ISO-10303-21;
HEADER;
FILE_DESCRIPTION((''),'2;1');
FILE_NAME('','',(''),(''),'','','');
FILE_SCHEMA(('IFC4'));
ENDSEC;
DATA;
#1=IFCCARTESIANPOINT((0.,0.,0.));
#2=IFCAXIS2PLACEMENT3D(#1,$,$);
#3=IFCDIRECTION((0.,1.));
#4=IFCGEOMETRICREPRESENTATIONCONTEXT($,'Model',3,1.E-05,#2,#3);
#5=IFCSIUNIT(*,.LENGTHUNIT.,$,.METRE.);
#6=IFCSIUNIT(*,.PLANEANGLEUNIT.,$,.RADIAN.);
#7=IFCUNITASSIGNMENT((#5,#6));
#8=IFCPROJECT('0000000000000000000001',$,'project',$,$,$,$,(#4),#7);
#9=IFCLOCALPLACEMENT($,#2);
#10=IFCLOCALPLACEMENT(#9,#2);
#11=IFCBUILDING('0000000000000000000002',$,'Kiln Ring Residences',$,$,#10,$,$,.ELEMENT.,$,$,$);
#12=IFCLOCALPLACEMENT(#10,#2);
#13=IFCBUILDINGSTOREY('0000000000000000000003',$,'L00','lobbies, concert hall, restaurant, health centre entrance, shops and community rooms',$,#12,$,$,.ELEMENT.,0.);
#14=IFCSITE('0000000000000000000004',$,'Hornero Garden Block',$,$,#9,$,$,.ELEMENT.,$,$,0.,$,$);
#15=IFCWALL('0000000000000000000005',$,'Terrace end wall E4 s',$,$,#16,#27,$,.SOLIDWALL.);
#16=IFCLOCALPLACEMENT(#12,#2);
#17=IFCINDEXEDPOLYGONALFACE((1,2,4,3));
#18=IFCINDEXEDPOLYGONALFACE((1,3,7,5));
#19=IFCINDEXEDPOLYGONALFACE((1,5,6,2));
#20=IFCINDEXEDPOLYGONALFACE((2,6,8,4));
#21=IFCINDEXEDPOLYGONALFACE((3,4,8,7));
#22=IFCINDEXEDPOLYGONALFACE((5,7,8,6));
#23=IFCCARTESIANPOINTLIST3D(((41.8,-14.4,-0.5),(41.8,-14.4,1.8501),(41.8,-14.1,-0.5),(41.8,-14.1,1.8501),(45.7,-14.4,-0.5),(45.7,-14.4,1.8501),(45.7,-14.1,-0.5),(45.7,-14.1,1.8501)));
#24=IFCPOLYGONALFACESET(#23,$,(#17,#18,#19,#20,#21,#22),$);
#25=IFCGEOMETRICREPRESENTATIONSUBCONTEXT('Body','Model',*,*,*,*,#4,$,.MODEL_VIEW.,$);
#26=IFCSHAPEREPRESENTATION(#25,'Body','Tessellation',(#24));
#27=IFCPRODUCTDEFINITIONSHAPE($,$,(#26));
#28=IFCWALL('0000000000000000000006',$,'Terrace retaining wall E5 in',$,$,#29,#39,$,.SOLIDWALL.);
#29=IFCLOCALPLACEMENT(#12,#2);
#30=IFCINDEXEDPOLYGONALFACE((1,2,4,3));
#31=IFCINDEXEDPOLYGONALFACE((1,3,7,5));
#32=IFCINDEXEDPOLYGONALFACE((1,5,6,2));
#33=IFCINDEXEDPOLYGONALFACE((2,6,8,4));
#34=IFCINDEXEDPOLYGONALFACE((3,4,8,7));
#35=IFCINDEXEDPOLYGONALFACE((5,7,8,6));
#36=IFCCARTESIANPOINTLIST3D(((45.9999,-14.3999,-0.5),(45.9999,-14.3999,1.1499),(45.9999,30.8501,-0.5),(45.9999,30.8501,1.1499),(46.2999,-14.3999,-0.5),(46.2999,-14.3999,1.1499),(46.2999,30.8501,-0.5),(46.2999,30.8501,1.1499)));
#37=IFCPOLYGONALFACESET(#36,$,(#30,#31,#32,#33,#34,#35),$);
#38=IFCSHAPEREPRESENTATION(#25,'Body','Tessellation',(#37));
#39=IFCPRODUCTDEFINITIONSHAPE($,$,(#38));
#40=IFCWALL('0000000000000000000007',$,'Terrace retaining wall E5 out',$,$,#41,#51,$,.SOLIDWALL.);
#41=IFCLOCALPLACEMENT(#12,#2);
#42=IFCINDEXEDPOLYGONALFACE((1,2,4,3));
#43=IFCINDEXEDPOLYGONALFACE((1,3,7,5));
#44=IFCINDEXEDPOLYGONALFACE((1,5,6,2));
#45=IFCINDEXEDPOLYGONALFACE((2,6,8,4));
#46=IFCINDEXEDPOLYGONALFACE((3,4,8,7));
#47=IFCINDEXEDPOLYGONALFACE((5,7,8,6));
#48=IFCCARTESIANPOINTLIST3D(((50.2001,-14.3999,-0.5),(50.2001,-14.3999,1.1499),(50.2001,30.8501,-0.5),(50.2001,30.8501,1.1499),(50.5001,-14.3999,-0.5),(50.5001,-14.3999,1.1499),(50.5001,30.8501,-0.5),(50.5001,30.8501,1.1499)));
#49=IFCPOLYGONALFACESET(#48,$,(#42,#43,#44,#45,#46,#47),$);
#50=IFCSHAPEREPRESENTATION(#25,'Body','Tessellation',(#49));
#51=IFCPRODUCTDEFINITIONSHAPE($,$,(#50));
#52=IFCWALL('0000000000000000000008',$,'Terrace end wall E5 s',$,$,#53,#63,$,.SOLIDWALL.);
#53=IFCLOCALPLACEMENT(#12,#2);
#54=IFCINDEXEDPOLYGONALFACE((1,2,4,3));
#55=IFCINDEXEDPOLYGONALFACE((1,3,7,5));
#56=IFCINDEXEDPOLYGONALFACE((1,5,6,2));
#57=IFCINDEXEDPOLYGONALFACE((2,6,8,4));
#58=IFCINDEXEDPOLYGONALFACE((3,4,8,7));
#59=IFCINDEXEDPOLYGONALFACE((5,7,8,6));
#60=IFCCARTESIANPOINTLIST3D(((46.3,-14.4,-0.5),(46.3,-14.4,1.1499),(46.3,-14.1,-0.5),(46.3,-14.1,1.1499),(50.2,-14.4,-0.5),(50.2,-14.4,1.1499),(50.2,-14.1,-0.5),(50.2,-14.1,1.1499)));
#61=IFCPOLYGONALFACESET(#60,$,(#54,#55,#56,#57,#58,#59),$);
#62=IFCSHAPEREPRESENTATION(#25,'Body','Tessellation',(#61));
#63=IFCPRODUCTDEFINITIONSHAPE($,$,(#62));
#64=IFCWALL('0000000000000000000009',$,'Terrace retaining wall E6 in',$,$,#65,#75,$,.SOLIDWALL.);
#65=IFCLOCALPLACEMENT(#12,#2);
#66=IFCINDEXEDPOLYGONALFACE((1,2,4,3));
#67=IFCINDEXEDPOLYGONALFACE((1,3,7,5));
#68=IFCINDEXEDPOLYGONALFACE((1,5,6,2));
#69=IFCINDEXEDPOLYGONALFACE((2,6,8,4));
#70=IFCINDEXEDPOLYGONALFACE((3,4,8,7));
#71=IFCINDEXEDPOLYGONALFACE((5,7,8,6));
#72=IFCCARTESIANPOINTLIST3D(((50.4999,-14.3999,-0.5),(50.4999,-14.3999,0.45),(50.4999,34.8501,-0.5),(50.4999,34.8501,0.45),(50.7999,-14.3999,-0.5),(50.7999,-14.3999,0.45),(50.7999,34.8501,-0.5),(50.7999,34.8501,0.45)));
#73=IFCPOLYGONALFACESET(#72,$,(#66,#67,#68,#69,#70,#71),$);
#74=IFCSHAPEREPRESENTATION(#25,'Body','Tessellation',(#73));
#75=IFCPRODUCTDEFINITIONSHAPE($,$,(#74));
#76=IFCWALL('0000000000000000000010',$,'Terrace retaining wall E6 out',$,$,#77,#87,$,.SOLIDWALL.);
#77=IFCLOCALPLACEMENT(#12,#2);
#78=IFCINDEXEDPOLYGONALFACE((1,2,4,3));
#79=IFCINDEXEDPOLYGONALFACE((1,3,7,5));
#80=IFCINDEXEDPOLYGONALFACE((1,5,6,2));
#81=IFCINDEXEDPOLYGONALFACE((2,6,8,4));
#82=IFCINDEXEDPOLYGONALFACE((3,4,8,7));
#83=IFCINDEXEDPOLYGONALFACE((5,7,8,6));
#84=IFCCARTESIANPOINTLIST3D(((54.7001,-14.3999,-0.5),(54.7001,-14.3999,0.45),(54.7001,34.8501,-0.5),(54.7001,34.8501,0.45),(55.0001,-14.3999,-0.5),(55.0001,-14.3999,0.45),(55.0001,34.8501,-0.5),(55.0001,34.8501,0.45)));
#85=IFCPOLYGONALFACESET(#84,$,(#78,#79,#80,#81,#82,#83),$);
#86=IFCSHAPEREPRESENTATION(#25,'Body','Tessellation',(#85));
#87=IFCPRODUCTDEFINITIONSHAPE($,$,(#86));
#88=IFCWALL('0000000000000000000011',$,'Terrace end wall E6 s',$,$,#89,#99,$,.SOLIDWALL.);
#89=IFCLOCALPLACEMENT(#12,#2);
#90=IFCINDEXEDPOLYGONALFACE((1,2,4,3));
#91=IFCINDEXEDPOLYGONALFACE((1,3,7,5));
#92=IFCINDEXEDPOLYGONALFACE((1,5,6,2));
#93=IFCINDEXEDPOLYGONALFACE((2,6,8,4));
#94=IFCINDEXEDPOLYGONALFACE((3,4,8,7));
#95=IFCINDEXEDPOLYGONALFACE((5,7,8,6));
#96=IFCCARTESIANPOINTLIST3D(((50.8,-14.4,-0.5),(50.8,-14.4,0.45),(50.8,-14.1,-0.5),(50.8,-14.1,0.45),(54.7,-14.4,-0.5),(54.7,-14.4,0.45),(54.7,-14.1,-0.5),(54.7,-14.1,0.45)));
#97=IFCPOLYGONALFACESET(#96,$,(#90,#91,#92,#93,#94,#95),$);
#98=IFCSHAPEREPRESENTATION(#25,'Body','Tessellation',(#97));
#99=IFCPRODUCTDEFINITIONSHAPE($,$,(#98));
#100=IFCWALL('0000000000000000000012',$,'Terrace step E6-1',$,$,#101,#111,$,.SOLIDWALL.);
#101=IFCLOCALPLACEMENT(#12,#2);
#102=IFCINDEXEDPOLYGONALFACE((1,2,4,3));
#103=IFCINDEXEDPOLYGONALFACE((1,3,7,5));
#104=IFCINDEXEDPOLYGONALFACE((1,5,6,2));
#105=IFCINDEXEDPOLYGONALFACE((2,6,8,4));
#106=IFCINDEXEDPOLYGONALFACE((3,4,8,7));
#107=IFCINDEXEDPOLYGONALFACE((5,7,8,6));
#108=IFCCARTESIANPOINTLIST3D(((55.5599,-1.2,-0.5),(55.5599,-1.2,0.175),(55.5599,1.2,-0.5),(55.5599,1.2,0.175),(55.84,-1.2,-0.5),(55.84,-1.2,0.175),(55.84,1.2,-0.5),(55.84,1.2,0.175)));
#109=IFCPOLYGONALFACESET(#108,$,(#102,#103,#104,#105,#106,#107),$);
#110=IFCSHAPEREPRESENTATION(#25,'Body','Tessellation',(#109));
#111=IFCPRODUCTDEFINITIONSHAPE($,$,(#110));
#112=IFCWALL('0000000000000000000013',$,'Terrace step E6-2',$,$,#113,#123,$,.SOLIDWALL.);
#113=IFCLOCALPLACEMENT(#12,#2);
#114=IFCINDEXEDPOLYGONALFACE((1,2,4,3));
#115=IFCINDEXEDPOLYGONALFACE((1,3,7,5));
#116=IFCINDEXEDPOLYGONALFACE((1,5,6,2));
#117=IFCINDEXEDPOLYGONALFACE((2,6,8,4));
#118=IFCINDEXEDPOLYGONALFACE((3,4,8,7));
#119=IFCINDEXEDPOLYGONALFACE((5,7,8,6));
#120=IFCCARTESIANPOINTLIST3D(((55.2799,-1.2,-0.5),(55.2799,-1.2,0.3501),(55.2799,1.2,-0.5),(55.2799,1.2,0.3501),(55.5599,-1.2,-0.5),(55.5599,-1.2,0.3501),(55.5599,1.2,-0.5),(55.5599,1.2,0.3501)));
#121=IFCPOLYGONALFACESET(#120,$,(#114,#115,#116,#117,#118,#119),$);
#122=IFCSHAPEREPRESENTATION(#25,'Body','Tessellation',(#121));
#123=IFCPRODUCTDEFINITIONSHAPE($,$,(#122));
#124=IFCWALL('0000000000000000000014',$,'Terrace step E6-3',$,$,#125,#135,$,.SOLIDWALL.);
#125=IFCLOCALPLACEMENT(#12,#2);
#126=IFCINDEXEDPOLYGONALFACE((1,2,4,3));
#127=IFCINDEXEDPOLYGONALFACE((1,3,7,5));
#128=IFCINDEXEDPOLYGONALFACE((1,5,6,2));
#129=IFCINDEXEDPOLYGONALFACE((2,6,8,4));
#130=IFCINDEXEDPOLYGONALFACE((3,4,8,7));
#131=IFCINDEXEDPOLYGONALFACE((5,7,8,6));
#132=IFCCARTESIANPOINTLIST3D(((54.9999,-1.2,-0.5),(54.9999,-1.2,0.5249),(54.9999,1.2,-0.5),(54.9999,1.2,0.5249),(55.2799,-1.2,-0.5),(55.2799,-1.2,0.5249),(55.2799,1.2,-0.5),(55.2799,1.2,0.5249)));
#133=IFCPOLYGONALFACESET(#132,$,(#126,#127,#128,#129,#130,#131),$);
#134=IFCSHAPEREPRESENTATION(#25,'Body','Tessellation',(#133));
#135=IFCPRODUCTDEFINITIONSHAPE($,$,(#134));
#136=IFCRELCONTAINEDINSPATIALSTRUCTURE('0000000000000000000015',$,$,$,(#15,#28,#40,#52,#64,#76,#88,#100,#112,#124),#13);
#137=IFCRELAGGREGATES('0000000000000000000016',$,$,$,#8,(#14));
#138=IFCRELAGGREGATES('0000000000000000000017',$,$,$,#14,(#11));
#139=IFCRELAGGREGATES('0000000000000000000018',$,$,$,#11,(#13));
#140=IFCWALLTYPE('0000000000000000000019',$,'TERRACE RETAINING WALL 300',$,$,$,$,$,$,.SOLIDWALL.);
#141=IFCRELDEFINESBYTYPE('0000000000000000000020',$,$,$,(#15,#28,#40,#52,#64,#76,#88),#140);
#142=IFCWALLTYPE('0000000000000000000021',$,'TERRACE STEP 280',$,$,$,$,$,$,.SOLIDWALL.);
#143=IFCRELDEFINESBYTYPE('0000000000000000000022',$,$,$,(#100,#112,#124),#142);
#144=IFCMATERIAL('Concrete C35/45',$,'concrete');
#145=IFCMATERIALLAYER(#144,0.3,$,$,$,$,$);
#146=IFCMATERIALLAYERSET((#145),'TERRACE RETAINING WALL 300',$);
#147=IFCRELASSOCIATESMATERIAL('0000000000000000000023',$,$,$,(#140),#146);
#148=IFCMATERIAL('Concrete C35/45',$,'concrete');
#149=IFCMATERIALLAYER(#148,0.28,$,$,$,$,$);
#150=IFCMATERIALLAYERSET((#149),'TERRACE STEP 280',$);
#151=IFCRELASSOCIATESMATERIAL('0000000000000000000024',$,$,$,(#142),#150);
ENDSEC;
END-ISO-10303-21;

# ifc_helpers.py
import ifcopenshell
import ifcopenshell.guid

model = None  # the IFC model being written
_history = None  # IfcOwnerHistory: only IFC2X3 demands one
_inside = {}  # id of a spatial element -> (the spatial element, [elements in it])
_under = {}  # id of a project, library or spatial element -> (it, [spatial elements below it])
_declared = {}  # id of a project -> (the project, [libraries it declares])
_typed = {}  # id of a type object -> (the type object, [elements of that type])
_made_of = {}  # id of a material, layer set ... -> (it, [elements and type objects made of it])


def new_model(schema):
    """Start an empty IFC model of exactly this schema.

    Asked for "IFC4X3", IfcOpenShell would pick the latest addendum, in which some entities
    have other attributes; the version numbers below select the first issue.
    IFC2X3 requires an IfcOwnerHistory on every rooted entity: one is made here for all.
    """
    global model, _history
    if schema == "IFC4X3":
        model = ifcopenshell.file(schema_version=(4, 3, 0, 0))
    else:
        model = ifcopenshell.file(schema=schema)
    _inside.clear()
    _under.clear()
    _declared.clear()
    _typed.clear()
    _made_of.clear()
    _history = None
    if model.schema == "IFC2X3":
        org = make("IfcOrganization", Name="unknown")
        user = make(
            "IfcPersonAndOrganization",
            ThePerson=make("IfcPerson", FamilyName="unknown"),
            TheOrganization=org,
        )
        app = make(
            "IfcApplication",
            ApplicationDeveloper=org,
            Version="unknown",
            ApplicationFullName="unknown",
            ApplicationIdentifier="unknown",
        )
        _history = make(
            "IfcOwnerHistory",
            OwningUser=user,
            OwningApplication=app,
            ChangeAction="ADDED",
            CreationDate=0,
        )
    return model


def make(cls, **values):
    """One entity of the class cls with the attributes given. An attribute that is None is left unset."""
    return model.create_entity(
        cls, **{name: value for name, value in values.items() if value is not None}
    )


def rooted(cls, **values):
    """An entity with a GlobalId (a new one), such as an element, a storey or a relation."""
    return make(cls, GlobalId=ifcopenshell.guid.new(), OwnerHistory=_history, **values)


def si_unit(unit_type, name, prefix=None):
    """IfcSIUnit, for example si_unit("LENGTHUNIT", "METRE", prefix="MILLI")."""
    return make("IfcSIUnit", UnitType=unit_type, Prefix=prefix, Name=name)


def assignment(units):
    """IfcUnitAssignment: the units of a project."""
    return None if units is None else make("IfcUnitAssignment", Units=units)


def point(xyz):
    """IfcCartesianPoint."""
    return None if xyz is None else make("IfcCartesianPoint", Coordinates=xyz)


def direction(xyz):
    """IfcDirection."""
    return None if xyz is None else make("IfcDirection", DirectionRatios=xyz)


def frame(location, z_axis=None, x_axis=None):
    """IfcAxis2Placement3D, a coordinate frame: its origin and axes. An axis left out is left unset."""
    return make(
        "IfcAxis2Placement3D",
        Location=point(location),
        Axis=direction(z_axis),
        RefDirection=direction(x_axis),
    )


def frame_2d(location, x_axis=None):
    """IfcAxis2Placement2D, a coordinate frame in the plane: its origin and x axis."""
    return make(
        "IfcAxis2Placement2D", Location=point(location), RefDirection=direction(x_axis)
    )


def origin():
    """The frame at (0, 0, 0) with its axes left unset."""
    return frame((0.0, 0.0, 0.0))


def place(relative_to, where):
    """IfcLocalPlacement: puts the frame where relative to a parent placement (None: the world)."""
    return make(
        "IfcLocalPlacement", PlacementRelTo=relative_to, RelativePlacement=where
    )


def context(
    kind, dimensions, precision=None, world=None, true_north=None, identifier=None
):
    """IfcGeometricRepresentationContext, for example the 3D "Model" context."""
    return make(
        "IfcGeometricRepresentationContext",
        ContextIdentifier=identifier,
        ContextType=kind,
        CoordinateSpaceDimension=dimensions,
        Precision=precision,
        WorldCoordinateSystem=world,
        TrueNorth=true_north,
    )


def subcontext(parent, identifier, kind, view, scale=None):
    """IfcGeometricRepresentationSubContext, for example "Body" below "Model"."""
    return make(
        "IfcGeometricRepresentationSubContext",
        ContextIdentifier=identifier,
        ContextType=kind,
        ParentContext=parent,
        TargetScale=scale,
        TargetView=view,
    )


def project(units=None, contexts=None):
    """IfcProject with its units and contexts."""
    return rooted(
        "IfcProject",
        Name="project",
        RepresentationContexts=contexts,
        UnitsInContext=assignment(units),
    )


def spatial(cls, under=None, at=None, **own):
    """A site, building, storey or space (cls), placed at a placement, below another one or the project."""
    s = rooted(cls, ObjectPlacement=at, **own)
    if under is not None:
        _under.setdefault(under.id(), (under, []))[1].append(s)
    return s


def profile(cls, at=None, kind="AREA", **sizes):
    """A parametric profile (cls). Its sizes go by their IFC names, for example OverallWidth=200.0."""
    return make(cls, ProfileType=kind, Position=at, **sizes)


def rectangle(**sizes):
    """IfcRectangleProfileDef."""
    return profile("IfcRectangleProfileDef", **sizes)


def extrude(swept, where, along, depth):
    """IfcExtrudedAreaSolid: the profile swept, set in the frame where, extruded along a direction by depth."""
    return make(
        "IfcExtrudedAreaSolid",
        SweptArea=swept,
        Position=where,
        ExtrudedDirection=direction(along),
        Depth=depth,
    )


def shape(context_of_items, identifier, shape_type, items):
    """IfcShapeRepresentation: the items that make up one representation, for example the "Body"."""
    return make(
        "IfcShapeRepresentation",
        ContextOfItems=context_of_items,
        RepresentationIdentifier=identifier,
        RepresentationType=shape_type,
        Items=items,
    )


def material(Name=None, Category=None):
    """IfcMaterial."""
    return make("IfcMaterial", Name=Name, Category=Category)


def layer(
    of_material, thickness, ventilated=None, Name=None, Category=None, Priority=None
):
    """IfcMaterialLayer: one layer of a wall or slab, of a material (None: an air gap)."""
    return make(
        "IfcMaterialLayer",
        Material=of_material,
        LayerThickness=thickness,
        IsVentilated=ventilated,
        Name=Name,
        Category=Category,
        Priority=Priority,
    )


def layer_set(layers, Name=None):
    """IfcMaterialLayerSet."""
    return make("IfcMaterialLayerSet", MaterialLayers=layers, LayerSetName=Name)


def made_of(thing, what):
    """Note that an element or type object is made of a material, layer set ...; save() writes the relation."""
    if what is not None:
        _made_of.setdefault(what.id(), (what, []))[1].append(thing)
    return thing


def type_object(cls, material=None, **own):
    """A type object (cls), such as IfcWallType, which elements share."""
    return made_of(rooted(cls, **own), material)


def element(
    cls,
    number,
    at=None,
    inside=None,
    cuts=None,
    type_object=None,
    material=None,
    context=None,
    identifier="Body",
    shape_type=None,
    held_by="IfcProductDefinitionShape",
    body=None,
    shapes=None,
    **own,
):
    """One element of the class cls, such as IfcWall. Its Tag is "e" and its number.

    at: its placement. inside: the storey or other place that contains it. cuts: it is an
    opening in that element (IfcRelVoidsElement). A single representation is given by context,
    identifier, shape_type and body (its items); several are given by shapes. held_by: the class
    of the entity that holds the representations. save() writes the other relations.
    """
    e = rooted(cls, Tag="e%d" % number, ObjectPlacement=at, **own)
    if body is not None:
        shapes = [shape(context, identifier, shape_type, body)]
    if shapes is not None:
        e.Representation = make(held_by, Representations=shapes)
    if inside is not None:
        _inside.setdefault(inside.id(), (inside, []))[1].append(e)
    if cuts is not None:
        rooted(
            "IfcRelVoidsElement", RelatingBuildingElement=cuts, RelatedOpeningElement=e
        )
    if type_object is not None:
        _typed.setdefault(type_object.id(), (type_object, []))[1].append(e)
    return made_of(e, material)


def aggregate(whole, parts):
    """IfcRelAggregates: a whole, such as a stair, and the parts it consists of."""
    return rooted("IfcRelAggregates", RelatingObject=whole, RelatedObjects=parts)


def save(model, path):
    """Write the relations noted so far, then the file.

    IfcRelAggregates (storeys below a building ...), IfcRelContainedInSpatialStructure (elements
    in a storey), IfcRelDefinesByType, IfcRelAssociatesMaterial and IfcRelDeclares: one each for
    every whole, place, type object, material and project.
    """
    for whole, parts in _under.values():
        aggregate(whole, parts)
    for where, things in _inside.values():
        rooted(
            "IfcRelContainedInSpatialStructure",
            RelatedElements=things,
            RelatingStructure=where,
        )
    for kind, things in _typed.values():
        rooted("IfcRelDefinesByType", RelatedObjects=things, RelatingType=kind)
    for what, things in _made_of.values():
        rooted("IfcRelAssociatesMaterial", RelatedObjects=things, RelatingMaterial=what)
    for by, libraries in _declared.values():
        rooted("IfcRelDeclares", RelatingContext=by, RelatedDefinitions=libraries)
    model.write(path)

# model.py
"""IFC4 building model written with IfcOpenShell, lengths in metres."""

from ifc_helpers import new_model, si_unit, direction, frame, frame_2d, origin, place, context, subcontext, project, spatial, rectangle, extrude, material, layer, layer_set, type_object, element, save


model = new_model("IFC4")

# Units and contexts
model_context = context("Model", 3, precision=1e-05, world=origin(), true_north=direction((0.0, 1.0)))
body_context = subcontext(model_context, "Body", "Model", "MODEL_VIEW")
ifc_project = project(units=[si_unit("LENGTHUNIT", "METRE"), si_unit("PLANEANGLEUNIT", "RADIAN")], contexts=[model_context])

# Site, building, storey
site_placement = place(None, origin())
site = spatial("IfcSite", under=ifc_project, at=site_placement, Name="Hornero Garden Block", CompositionType="ELEMENT", RefElevation=0.0)
building_placement = place(site_placement, origin())
building = spatial("IfcBuilding", under=site, at=building_placement, Name="Kiln Ring Residences", CompositionType="ELEMENT")
storey_placement = place(building_placement, origin())
storey = spatial("IfcBuildingStorey", under=building, at=storey_placement, Name="L00", Description="lobbies, concert hall, restaurant, health centre entrance, shops and community rooms", CompositionType="ELEMENT", Elevation=0.0)

# Walls
ifc_material_1 = material(Name="Concrete C35/45", Category="concrete")
ifc_layer_1 = layer(ifc_material_1, 0.3)
ifc_layer_set_1 = layer_set([ifc_layer_1], Name="TERRACE RETAINING WALL 300")
wall_type_1 = type_object("IfcWallType", Name="TERRACE RETAINING WALL 300", PredefinedType="SOLIDWALL", material=ifc_layer_set_1)
wall_1_placement = place(storey_placement, frame((41.8, -14.25, -0.5), z_axis=(0.0, 0.0, 1.0), x_axis=(1.0, 0.0, 0.0)))
element("IfcWall", 1, at=wall_1_placement, inside=storey, type_object=wall_type_1, Name="Terrace end wall E4 s", PredefinedType="SOLIDWALL", context=body_context, shape_type="SweptSolid", body=[
    extrude(rectangle(XDim=3.8999, YDim=0.3, at=frame_2d((1.95, 0.0))), origin(), (0.0, 0.0, 1.0), 2.3501),
])
for number, where, z_axis, x_axis, name in (
    (2, (46.1499, -14.3999, -0.5), (0.0, 0.0, 1.0), (0.0, 1.0, 0.0), "Terrace retaining wall E5 in"),
    (3, (50.3501, -14.3999, -0.5), (0.0, 0.0, 1.0), (0.0, 1.0, 0.0), "Terrace retaining wall E5 out"),
):
    element("IfcWall", number, at=place(storey_placement, frame(where, z_axis=z_axis, x_axis=x_axis)), inside=storey, type_object=wall_type_1, Name=name, PredefinedType="SOLIDWALL", context=body_context, shape_type="SweptSolid", body=[
        extrude(rectangle(XDim=45.25, YDim=0.3, at=frame_2d((22.625, 0.0))), origin(), (0.0, 0.0, 1.0), 1.6499),
    ])
wall_2_placement = place(storey_placement, frame((46.3, -14.25, -0.5), z_axis=(0.0, 0.0, 1.0), x_axis=(1.0, 0.0, 0.0)))
element("IfcWall", 4, at=wall_2_placement, inside=storey, type_object=wall_type_1, Name="Terrace end wall E5 s", PredefinedType="SOLIDWALL", context=body_context, shape_type="SweptSolid", body=[
    extrude(rectangle(XDim=3.8999, YDim=0.3, at=frame_2d((1.95, 0.0))), origin(), (0.0, 0.0, 1.0), 1.6499),
])
for number, where, z_axis, x_axis, name in (
    (5, (50.6499, -14.3999, -0.5), (0.0, 0.0, 1.0), (0.0, 1.0, 0.0), "Terrace retaining wall E6 in"),
    (6, (54.8501, -14.3999, -0.5), (0.0, 0.0, 1.0), (0.0, 1.0, 0.0), "Terrace retaining wall E6 out"),
):
    element("IfcWall", number, at=place(storey_placement, frame(where, z_axis=z_axis, x_axis=x_axis)), inside=storey, type_object=wall_type_1, Name=name, PredefinedType="SOLIDWALL", context=body_context, shape_type="SweptSolid", body=[
        extrude(rectangle(XDim=49.25, YDim=0.3, at=frame_2d((24.625, 0.0))), origin(), (0.0, 0.0, 1.0), 0.95),
    ])
wall_3_placement = place(storey_placement, frame((50.8, -14.25, -0.5), z_axis=(0.0, 0.0, 1.0), x_axis=(1.0, 0.0, 0.0)))
element("IfcWall", 7, at=wall_3_placement, inside=storey, type_object=wall_type_1, Name="Terrace end wall E6 s", PredefinedType="SOLIDWALL", context=body_context, shape_type="SweptSolid", body=[
    extrude(rectangle(XDim=3.8999, YDim=0.3, at=frame_2d((1.95, 0.0))), origin(), (0.0, 0.0, 1.0), 0.95),
])
ifc_material_2 = material(Name="Concrete C35/45", Category="concrete")
ifc_layer_2 = layer(ifc_material_2, 0.28)
ifc_layer_set_2 = layer_set([ifc_layer_2], Name="TERRACE STEP 280")
wall_type_2 = type_object("IfcWallType", Name="TERRACE STEP 280", PredefinedType="SOLIDWALL", material=ifc_layer_set_2)
wall_4_placement = place(storey_placement, frame((55.7, -1.2, -0.5), z_axis=(0.0, 0.0, 1.0), x_axis=(0.0, 1.0, 0.0)))
element("IfcWall", 8, at=wall_4_placement, inside=storey, type_object=wall_type_2, Name="Terrace step E6-1", PredefinedType="SOLIDWALL", context=body_context, shape_type="SweptSolid", body=[
    extrude(rectangle(XDim=2.3999, YDim=0.28, at=frame_2d((1.2, 0.0))), origin(), (0.0, 0.0, 1.0), 0.675),
])
wall_5_placement = place(storey_placement, frame((55.4199, -1.2, -0.5), z_axis=(0.0, 0.0, 1.0), x_axis=(0.0, 1.0, 0.0)))
element("IfcWall", 9, at=wall_5_placement, inside=storey, type_object=wall_type_2, Name="Terrace step E6-2", PredefinedType="SOLIDWALL", context=body_context, shape_type="SweptSolid", body=[
    extrude(rectangle(XDim=2.3999, YDim=0.28, at=frame_2d((1.2, 0.0))), origin(), (0.0, 0.0, 1.0), 0.8501),
])
wall_6_placement = place(storey_placement, frame((55.1399, -1.2, -0.5), z_axis=(0.0, 0.0, 1.0), x_axis=(0.0, 1.0, 0.0)))
element("IfcWall", 10, at=wall_6_placement, inside=storey, type_object=wall_type_2, Name="Terrace step E6-3", PredefinedType="SOLIDWALL", context=body_context, shape_type="SweptSolid", body=[
    extrude(rectangle(XDim=2.3999, YDim=0.28, at=frame_2d((1.2, 0.0))), origin(), (0.0, 0.0, 1.0), 1.0249),
])

save(model, "model.ifc")
